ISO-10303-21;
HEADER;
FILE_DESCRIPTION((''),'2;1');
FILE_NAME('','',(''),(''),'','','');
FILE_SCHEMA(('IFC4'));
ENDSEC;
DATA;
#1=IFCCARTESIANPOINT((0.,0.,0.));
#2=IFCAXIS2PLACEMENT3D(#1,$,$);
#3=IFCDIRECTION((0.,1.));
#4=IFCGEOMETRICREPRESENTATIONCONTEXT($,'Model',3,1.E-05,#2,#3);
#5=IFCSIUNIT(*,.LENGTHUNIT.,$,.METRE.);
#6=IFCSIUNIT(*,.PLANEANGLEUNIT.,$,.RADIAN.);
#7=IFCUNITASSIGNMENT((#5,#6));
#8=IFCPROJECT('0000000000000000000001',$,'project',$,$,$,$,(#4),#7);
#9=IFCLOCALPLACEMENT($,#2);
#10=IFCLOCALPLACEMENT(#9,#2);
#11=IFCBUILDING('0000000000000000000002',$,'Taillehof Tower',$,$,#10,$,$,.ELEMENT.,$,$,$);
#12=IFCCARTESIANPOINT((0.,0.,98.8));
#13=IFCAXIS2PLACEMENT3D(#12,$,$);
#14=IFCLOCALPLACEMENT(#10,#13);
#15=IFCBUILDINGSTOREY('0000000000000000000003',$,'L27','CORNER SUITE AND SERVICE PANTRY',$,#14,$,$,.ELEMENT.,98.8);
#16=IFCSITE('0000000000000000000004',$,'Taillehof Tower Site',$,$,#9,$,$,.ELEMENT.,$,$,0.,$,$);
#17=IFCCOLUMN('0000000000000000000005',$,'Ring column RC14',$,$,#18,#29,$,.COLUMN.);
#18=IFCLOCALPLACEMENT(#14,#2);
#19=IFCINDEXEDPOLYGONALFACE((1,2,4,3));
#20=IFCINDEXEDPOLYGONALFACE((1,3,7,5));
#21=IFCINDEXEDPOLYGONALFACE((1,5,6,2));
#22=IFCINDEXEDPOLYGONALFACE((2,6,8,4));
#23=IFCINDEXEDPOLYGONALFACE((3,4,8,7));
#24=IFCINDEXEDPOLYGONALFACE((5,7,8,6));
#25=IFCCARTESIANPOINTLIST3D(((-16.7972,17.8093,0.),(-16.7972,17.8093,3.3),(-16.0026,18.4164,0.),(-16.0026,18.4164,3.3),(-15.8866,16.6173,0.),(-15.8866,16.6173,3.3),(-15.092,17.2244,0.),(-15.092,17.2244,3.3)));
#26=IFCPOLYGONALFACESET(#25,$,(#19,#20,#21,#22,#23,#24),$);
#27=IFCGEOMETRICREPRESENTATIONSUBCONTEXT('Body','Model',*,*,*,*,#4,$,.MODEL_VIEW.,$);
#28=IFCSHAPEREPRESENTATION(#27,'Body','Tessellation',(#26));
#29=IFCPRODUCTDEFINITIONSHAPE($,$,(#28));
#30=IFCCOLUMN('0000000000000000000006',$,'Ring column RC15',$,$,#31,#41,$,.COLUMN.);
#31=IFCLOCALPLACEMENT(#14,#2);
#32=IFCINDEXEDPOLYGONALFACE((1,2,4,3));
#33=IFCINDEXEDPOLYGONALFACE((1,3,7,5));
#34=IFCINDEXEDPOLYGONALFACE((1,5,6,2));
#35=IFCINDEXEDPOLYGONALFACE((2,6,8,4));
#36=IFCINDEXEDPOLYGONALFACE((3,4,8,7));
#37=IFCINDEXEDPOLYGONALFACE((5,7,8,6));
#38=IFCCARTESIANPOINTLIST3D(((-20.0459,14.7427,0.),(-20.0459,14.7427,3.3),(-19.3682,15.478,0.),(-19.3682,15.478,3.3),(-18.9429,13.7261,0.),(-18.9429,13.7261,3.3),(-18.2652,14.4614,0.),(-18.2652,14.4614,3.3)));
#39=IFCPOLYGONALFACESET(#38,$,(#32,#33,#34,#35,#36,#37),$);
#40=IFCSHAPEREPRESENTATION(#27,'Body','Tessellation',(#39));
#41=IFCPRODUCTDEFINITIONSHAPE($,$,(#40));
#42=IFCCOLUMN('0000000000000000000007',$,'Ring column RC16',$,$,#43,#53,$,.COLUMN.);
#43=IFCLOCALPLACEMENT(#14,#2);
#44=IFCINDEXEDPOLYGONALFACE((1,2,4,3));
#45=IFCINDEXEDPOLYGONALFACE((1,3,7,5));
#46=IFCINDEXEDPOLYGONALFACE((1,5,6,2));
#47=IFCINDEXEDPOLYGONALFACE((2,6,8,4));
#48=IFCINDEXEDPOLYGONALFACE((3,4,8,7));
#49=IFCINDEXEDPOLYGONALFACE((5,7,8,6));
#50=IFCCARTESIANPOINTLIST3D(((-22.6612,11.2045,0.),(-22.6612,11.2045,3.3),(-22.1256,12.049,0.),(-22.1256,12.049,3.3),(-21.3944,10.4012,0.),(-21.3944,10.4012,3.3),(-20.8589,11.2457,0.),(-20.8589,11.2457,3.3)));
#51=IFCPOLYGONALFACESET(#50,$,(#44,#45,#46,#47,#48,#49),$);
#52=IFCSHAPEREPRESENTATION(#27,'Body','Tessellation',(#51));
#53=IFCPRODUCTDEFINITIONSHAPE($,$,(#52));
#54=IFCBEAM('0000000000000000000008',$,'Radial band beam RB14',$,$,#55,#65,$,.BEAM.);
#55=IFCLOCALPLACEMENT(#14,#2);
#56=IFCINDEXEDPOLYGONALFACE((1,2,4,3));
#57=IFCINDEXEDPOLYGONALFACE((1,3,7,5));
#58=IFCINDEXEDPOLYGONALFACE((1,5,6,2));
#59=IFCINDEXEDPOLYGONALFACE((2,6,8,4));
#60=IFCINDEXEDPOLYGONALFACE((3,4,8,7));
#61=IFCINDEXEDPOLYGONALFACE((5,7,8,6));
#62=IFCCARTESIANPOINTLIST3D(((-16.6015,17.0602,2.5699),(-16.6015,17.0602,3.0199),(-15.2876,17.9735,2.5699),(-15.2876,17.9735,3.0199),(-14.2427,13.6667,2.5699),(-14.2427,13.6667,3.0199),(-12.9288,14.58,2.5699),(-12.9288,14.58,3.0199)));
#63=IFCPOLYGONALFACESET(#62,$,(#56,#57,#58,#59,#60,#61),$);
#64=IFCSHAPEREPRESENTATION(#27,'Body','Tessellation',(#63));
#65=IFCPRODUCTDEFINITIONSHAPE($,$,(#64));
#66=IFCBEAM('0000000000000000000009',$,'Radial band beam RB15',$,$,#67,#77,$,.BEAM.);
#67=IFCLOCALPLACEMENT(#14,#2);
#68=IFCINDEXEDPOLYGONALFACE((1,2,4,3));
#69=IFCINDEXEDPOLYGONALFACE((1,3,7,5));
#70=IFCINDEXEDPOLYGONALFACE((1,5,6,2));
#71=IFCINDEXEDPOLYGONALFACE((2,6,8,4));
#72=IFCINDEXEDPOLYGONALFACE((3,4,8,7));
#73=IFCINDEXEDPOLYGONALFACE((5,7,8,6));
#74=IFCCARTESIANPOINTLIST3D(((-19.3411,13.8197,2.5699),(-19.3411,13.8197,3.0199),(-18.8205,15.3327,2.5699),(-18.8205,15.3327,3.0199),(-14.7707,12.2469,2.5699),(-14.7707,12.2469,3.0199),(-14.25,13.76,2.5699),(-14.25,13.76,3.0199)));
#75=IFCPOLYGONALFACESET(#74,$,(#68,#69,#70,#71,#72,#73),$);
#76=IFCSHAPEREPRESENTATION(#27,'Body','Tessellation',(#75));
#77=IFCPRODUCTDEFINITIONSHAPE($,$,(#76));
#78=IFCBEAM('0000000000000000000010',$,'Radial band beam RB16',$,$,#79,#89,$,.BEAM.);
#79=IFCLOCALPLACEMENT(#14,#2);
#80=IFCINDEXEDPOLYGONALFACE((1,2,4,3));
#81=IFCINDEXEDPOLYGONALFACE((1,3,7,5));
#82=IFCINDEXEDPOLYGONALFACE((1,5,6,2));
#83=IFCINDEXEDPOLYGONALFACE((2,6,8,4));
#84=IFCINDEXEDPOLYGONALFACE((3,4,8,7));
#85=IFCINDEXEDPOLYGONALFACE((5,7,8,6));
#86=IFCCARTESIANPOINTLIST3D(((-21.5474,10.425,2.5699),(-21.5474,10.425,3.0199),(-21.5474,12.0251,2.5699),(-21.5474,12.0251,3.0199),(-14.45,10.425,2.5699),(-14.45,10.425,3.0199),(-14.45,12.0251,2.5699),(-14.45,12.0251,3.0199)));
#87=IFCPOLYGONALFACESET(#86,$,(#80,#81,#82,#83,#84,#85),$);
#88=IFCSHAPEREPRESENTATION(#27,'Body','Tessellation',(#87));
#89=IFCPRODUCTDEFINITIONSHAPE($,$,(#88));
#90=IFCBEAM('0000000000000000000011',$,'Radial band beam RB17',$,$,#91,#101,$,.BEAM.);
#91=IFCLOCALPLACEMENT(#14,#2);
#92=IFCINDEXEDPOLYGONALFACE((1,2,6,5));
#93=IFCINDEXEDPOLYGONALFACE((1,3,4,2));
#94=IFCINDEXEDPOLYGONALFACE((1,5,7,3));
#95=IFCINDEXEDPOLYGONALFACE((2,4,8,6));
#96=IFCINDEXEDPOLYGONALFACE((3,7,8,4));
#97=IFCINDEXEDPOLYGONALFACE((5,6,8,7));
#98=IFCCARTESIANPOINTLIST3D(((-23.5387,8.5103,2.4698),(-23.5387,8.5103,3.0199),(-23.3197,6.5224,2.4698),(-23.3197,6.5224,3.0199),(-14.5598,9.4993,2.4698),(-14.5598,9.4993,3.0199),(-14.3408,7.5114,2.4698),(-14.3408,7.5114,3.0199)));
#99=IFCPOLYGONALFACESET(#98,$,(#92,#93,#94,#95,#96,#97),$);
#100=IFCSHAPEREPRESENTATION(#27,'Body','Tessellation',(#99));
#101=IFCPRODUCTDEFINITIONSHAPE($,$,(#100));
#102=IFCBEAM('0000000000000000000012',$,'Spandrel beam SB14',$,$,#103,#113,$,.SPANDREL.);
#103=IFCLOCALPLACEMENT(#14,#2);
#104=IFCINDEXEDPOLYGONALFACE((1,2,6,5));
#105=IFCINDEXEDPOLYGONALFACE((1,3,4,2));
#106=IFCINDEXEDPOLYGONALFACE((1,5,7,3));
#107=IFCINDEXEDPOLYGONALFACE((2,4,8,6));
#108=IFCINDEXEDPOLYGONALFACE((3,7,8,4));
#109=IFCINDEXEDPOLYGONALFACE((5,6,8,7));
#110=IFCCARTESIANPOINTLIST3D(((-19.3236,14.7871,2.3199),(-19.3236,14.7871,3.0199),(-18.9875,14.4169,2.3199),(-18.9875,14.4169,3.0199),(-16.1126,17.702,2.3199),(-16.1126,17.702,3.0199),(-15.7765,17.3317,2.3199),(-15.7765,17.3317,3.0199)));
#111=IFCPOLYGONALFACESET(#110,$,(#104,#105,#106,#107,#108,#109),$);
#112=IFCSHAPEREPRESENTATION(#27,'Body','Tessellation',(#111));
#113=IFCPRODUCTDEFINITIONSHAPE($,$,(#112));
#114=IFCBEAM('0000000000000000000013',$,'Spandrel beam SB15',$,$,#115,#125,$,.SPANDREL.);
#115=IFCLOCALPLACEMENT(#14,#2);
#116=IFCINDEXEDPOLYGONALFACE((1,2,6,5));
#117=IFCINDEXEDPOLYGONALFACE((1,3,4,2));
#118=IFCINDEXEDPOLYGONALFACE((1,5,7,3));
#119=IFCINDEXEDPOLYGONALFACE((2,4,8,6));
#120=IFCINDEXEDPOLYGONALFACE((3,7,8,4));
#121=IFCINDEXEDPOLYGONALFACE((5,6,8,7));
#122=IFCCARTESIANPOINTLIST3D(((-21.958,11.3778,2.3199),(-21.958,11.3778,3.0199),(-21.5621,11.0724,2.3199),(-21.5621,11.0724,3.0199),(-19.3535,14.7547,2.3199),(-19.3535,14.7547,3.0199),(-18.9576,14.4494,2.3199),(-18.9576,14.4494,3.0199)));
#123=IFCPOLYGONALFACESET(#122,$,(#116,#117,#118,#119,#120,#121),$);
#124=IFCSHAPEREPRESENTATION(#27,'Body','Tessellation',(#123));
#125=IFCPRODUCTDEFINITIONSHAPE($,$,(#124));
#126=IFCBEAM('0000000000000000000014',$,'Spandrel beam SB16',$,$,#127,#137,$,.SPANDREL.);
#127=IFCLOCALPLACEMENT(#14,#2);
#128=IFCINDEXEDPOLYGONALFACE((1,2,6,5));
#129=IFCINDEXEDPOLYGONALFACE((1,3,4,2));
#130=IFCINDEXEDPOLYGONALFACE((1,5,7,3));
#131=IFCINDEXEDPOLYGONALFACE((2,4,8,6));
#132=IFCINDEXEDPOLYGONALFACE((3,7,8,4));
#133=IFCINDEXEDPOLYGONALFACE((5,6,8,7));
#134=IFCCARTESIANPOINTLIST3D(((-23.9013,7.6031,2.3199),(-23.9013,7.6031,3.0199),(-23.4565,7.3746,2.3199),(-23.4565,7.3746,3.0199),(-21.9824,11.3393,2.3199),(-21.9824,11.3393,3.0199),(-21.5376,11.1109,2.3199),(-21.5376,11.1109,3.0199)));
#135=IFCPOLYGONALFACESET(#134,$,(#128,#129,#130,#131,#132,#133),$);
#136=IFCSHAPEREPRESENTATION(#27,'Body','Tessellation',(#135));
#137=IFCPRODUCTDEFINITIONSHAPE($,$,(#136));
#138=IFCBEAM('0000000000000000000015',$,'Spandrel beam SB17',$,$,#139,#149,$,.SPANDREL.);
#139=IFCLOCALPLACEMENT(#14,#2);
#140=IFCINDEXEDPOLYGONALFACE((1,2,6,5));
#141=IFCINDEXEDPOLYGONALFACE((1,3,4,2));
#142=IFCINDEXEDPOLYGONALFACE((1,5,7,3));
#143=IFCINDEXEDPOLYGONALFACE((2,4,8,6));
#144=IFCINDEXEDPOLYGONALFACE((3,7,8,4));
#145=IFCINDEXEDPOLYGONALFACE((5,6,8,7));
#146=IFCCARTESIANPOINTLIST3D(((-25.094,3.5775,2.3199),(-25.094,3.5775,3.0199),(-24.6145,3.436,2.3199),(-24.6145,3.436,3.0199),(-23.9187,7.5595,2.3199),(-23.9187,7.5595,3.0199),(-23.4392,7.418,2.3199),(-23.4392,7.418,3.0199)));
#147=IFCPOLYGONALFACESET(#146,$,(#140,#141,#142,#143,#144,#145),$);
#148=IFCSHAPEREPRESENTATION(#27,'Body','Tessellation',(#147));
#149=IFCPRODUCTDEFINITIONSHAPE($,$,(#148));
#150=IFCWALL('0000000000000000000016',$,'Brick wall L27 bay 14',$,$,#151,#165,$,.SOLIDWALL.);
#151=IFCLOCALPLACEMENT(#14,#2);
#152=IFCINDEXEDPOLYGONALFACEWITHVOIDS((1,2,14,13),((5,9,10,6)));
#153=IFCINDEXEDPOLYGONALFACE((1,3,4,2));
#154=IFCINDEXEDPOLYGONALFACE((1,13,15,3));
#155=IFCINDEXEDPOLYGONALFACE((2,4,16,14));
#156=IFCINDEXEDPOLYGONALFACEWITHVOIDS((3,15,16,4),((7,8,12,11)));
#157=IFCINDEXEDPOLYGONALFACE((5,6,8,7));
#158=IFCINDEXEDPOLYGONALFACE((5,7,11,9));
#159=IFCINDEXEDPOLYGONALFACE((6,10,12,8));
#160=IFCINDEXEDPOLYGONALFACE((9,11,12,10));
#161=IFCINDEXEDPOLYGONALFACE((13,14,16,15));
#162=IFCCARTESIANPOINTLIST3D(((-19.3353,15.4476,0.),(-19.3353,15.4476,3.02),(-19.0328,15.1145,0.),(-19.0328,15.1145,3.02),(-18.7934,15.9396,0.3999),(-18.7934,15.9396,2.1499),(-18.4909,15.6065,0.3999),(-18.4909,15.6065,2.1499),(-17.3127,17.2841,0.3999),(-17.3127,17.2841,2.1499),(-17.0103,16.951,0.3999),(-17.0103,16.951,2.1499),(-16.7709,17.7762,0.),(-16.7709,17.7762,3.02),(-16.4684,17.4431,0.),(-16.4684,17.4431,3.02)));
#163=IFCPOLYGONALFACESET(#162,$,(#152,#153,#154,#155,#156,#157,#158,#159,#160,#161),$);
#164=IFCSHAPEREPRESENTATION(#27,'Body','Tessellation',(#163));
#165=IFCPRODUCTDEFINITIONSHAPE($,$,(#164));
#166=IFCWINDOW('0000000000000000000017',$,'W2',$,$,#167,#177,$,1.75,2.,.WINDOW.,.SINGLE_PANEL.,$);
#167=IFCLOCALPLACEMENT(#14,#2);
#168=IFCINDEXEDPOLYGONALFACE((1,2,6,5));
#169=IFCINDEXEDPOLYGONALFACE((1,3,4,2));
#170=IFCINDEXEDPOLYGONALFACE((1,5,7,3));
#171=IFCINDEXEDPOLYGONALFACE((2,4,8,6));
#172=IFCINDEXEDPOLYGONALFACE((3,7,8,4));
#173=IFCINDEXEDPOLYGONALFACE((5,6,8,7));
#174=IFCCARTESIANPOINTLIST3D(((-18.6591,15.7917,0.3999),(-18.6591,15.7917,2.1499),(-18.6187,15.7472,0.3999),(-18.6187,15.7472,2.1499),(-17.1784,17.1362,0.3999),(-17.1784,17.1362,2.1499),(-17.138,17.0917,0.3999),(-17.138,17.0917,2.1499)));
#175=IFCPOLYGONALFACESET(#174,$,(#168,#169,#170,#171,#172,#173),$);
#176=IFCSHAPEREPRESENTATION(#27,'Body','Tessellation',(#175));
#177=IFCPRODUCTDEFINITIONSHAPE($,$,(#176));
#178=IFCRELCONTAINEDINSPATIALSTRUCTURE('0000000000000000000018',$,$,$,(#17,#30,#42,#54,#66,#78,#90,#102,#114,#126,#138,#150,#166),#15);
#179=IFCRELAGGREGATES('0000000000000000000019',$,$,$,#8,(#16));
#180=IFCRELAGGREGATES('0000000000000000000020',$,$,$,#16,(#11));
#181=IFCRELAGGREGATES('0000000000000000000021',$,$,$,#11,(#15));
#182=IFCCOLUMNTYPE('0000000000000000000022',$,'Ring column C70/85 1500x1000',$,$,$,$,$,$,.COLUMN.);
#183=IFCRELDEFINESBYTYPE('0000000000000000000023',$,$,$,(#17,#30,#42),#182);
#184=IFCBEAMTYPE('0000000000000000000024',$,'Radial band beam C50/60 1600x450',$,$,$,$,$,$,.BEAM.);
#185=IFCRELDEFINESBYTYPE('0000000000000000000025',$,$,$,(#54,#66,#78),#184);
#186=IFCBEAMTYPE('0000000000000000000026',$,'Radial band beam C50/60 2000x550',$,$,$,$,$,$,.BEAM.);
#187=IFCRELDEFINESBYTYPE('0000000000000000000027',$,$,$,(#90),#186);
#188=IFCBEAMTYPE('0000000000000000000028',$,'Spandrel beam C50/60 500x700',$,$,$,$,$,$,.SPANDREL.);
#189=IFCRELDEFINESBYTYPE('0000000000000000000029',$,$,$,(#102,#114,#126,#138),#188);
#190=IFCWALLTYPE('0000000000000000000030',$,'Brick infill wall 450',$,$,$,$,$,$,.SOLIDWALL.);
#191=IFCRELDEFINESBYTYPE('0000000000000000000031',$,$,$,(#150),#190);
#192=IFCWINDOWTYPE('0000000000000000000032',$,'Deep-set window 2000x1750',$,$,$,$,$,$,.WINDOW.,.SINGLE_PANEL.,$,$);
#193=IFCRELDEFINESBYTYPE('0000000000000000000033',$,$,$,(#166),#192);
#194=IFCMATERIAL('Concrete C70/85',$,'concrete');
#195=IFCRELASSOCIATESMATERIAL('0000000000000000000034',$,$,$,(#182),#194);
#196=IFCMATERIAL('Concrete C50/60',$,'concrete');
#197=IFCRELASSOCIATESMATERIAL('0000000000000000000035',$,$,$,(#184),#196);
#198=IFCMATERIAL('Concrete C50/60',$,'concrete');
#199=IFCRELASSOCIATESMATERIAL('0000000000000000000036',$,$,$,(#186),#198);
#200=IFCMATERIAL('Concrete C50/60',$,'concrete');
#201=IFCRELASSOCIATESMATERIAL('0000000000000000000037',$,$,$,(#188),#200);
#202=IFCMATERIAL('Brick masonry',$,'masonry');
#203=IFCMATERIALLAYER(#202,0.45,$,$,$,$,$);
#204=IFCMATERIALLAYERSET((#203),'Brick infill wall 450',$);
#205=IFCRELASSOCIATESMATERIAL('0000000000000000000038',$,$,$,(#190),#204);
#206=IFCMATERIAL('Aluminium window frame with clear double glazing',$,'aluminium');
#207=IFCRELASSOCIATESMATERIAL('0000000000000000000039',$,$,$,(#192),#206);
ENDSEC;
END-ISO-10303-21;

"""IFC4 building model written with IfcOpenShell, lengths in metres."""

from ifc_helpers import new_model, si_unit, direction, frame, frame_2d, origin, origin_2d, place, context, subcontext, project, spatial, rectangle, extrude, material, layer, layer_set, material_profile, profile_set, type_object, element, fill, save


model = new_model("IFC4")

# Units and contexts
model_context = context("Model", 3, precision=1e-05, world=origin(), true_north=direction((0.0, 1.0)))
body_context = subcontext(model_context, "Body", "Model", "MODEL_VIEW")
ifc_project = project(units=[si_unit("LENGTHUNIT", "METRE"), si_unit("PLANEANGLEUNIT", "RADIAN")], contexts=[model_context])

# Site, building, storey
site_placement = place(None, origin())
site = spatial("IfcSite", under=ifc_project, at=site_placement, Name="Taillehof Tower Site", CompositionType="ELEMENT", RefElevation=0.0)
building_placement = place(site_placement, origin())
building = spatial("IfcBuilding", under=site, at=building_placement, Name="Taillehof Tower", CompositionType="ELEMENT")
storey_placement = place(building_placement, frame((0.0, 0.0, 98.8)))
storey = spatial("IfcBuildingStorey", under=building, at=storey_placement, Name="L27", Description="CORNER SUITE AND SERVICE PANTRY", CompositionType="ELEMENT", Elevation=98.8)

# Columns
ifc_material_1 = material(Name="Concrete C70/85", Category="concrete")
ifc_material_profile_1 = material_profile(ifc_material_1, rectangle(XDim=1.5, YDim=1.0, at=origin_2d()), Name="RC 1500x1000")
ifc_profile_set_1 = profile_set([ifc_material_profile_1], Name="Concrete C70/85")
column_type = type_object("IfcColumnType", Name="Ring column C70/85 1500x1000", PredefinedType="COLUMN", material=ifc_profile_set_1)
for number, where, z_axis, x_axis, name in (
    (1, (-15.9446, 17.5168, 0.0), (0.0, 0.0, 1.0), (-0.607074, 0.794645, 0.0), "Ring column RC14"),
    (2, (-19.1555, 14.6021, 0.0), (0.0, 0.0, 1.0), (-0.735332, 0.677707, 0.0), "Ring column RC15"),
    (3, (-21.76, 11.2251, 0.0), (0.0, 0.0, 1.0), (-0.844511, 0.535537, 0.0), "Ring column RC16"),
):
    element("IfcColumn", number, at=place(storey_placement, frame(where, z_axis=z_axis, x_axis=x_axis)), inside=storey, type_object=column_type, Name=name, PredefinedType="COLUMN", context=body_context, shape_type="SweptSolid", body=[
        extrude(rectangle(XDim=1.5, YDim=1.0, at=origin_2d()), origin(), (0.0, 0.0, 1.0), 3.3),
    ])

# Beams
ifc_material_2 = material(Name="Concrete C50/60", Category="concrete")
ifc_material_profile_2 = material_profile(ifc_material_2, rectangle(XDim=1.6001, YDim=0.45, at=origin_2d()), Name="RC 1600x450")
ifc_profile_set_2 = profile_set([ifc_material_profile_2], Name="Concrete C50/60")
beam_type_1 = type_object("IfcBeamType", Name="Radial band beam C50/60 1600x450", PredefinedType="BEAM", material=ifc_profile_set_2)
beam_1_placement = place(storey_placement, frame((-15.9446, 17.5168, 2.7949), z_axis=(0.570763, -0.821115, 0.0), x_axis=(0.821115, 0.570763, 0.0)))
element("IfcBeam", 4, at=beam_1_placement, inside=storey, type_object=beam_type_1, Name="Radial band beam RB14", PredefinedType="BEAM", context=body_context, shape_type="SweptSolid", body=[
    extrude(rectangle(XDim=1.6001, YDim=0.45, at=origin_2d()), origin(), (0.0, 0.0, 1.0), 4.1328),
])
beam_2_placement = place(storey_placement, frame((-19.0808, 14.5762, 2.7949), z_axis=(0.945583, -0.32538, 0.0), x_axis=(0.32538, 0.945583, 0.0)))
element("IfcBeam", 5, at=beam_2_placement, inside=storey, type_object=beam_type_1, Name="Radial band beam RB15", PredefinedType="BEAM", context=body_context, shape_type="SweptSolid", body=[
    extrude(rectangle(XDim=1.6001, YDim=0.45, at=origin_2d()), origin(), (0.0, 0.0, 1.0), 4.8335),
])
beam_3_placement = place(storey_placement, frame((-21.5474, 11.2251, 2.7949), z_axis=(1.0, 0.0, 0.0), x_axis=(0.0, 1.0, 0.0)))
element("IfcBeam", 6, at=beam_3_placement, inside=storey, type_object=beam_type_1, Name="Radial band beam RB16", PredefinedType="BEAM", context=body_context, shape_type="SweptSolid", body=[
    extrude(rectangle(XDim=1.6001, YDim=0.45, at=origin_2d()), origin(), (0.0, 0.0, 1.0), 7.0974),
])
ifc_material_3 = material(Name="Concrete C50/60", Category="concrete")
ifc_material_profile_3 = material_profile(ifc_material_3, rectangle(XDim=2.0, YDim=0.55, at=origin_2d()), Name="RC 2000x550")
ifc_profile_set_3 = profile_set([ifc_material_profile_3], Name="Concrete C50/60")
beam_type_2 = type_object("IfcBeamType", Name="Radial band beam C50/60 2000x550", PredefinedType="BEAM", material=ifc_profile_set_3)
beam_4_placement = place(storey_placement, frame((-23.4292, 7.5164, 2.7449), z_axis=(0.993988, 0.109485, 0.0), x_axis=(-0.109485, 0.993988, 0.0)))
element("IfcBeam", 7, at=beam_4_placement, inside=storey, type_object=beam_type_2, Name="Radial band beam RB17", PredefinedType="BEAM", context=body_context, shape_type="SweptSolid", body=[
    extrude(rectangle(XDim=2.0, YDim=0.55, at=origin_2d()), origin(), (0.0, 0.0, 1.0), 9.0332),
])
ifc_material_4 = material(Name="Concrete C50/60", Category="concrete")
ifc_material_profile_4 = material_profile(ifc_material_4, rectangle(XDim=0.5, YDim=0.7, at=origin_2d()), Name="RC 500x700")
ifc_profile_set_4 = profile_set([ifc_material_profile_4], Name="Concrete C50/60")
beam_type_3 = type_object("IfcBeamType", Name="Spandrel beam C50/60 500x700", PredefinedType="SPANDREL", material=ifc_profile_set_4)
beam_5_placement = place(storey_placement, frame((-15.9446, 17.5168, 2.6699), z_axis=(-0.740426, -0.672137, 0.0), x_axis=(0.672137, -0.740426, 0.0)))
element("IfcBeam", 8, at=beam_5_placement, inside=storey, type_object=beam_type_3, Name="Spandrel beam SB14", PredefinedType="SPANDREL", context=body_context, shape_type="SweptSolid", body=[
    extrude(rectangle(XDim=0.5, YDim=0.7, at=origin_2d()), origin(), (0.0, 0.0, 1.0), 4.3367),
])
beam_6_placement = place(storey_placement, frame((-19.1555, 14.6021, 2.6699), z_axis=(-0.610717, -0.791849, 0.0), x_axis=(0.791849, -0.610717, 0.0)))
element("IfcBeam", 9, at=beam_6_placement, inside=storey, type_object=beam_type_3, Name="Spandrel beam SB15", PredefinedType="SPANDREL", context=body_context, shape_type="SweptSolid", body=[
    extrude(rectangle(XDim=0.5, YDim=0.7, at=origin_2d()), origin(), (0.0, 0.0, 1.0), 4.2646),
])
beam_7_placement = place(storey_placement, frame((-21.76, 11.2251, 2.6699), z_axis=(-0.456859, -0.889539, 0.0), x_axis=(0.889539, -0.456859, 0.0)))
element("IfcBeam", 10, at=beam_7_placement, inside=storey, type_object=beam_type_3, Name="Spandrel beam SB16", PredefinedType="SPANDREL", context=body_context, shape_type="SweptSolid", body=[
    extrude(rectangle(XDim=0.5, YDim=0.7, at=origin_2d()), origin(), (0.0, 0.0, 1.0), 4.2002),
])
beam_8_placement = place(storey_placement, frame((-23.679, 7.4888, 2.6699), z_axis=(-0.283083, -0.959095, 0.0), x_axis=(0.959095, -0.283083, 0.0)))
element("IfcBeam", 11, at=beam_8_placement, inside=storey, type_object=beam_type_3, Name="Spandrel beam SB17", PredefinedType="SPANDREL", context=body_context, shape_type="SweptSolid", body=[
    extrude(rectangle(XDim=0.5, YDim=0.7, at=origin_2d()), origin(), (0.0, 0.0, 1.0), 4.1519),
])

# Wall, opening, window
ifc_material_5 = material(Name="Brick masonry", Category="masonry")
ifc_layer_1 = layer(ifc_material_5, 0.45)
ifc_layer_set_1 = layer_set([ifc_layer_1], Name="Brick infill wall 450")
wall_type_1 = type_object("IfcWallType", Name="Brick infill wall 450", PredefinedType="SOLIDWALL", material=ifc_layer_set_1)
wall_1_placement = place(storey_placement, frame((-16.6196, 17.6096, 0.0), z_axis=(0.0, 0.0, 1.0), x_axis=(-0.740329, -0.672245, 0.0)))
wall_1 = element("IfcWall", 12, at=wall_1_placement, inside=storey, type_object=wall_type_1, Name="Brick wall L27 bay 14", PredefinedType="SOLIDWALL", context=body_context, shape_type="SweptSolid", body=[
    extrude(rectangle(XDim=3.4639, YDim=0.45, at=frame_2d((1.7319, 0.0))), origin(), (0.0, 0.0, 1.0), 3.02),
])
opening_1_placement = place(wall_1_placement, frame((0.7319, 0.0, 0.3999)))
opening_1 = element("IfcOpeningElement", 13, at=opening_1_placement, cuts=wall_1, PredefinedType="OPENING", context=body_context, shape_type="SweptSolid", body=[
    extrude(rectangle(XDim=2.0, YDim=1.75, at=frame_2d((1.0, 0.875))), frame((0.0, 0.2349, 0.0), z_axis=(0.0, -1.0, 0.0), x_axis=(1.0, 0.0, 0.0)), (0.0, 0.0, 1.0), 0.47),
])
ifc_material_6 = material(Name="Aluminium window frame with clear double glazing", Category="aluminium")
window_type = type_object("IfcWindowType", Name="Deep-set window 2000x1750", PartitioningType="SINGLE_PANEL", PredefinedType="WINDOW", material=ifc_material_6)
window_1_placement = place(opening_1_placement, origin())
window_1 = element("IfcWindow", 14, at=window_1_placement, inside=storey, type_object=window_type, Name="W2", OverallHeight=1.75, OverallWidth=2.0, PartitioningType="SINGLE_PANEL", PredefinedType="WINDOW", context=body_context, shape_type="SweptSolid", body=[
    extrude(rectangle(XDim=2.0, YDim=1.75, at=frame_2d((1.0, 0.875))), frame((0.0, 0.0349, 0.0), z_axis=(0.0, -1.0, 0.0), x_axis=(1.0, 0.0, 0.0)), (0.0, 0.0, 1.0), 0.0601),
])
fill(opening_1, window_1)

save(model, "model.ifc")
